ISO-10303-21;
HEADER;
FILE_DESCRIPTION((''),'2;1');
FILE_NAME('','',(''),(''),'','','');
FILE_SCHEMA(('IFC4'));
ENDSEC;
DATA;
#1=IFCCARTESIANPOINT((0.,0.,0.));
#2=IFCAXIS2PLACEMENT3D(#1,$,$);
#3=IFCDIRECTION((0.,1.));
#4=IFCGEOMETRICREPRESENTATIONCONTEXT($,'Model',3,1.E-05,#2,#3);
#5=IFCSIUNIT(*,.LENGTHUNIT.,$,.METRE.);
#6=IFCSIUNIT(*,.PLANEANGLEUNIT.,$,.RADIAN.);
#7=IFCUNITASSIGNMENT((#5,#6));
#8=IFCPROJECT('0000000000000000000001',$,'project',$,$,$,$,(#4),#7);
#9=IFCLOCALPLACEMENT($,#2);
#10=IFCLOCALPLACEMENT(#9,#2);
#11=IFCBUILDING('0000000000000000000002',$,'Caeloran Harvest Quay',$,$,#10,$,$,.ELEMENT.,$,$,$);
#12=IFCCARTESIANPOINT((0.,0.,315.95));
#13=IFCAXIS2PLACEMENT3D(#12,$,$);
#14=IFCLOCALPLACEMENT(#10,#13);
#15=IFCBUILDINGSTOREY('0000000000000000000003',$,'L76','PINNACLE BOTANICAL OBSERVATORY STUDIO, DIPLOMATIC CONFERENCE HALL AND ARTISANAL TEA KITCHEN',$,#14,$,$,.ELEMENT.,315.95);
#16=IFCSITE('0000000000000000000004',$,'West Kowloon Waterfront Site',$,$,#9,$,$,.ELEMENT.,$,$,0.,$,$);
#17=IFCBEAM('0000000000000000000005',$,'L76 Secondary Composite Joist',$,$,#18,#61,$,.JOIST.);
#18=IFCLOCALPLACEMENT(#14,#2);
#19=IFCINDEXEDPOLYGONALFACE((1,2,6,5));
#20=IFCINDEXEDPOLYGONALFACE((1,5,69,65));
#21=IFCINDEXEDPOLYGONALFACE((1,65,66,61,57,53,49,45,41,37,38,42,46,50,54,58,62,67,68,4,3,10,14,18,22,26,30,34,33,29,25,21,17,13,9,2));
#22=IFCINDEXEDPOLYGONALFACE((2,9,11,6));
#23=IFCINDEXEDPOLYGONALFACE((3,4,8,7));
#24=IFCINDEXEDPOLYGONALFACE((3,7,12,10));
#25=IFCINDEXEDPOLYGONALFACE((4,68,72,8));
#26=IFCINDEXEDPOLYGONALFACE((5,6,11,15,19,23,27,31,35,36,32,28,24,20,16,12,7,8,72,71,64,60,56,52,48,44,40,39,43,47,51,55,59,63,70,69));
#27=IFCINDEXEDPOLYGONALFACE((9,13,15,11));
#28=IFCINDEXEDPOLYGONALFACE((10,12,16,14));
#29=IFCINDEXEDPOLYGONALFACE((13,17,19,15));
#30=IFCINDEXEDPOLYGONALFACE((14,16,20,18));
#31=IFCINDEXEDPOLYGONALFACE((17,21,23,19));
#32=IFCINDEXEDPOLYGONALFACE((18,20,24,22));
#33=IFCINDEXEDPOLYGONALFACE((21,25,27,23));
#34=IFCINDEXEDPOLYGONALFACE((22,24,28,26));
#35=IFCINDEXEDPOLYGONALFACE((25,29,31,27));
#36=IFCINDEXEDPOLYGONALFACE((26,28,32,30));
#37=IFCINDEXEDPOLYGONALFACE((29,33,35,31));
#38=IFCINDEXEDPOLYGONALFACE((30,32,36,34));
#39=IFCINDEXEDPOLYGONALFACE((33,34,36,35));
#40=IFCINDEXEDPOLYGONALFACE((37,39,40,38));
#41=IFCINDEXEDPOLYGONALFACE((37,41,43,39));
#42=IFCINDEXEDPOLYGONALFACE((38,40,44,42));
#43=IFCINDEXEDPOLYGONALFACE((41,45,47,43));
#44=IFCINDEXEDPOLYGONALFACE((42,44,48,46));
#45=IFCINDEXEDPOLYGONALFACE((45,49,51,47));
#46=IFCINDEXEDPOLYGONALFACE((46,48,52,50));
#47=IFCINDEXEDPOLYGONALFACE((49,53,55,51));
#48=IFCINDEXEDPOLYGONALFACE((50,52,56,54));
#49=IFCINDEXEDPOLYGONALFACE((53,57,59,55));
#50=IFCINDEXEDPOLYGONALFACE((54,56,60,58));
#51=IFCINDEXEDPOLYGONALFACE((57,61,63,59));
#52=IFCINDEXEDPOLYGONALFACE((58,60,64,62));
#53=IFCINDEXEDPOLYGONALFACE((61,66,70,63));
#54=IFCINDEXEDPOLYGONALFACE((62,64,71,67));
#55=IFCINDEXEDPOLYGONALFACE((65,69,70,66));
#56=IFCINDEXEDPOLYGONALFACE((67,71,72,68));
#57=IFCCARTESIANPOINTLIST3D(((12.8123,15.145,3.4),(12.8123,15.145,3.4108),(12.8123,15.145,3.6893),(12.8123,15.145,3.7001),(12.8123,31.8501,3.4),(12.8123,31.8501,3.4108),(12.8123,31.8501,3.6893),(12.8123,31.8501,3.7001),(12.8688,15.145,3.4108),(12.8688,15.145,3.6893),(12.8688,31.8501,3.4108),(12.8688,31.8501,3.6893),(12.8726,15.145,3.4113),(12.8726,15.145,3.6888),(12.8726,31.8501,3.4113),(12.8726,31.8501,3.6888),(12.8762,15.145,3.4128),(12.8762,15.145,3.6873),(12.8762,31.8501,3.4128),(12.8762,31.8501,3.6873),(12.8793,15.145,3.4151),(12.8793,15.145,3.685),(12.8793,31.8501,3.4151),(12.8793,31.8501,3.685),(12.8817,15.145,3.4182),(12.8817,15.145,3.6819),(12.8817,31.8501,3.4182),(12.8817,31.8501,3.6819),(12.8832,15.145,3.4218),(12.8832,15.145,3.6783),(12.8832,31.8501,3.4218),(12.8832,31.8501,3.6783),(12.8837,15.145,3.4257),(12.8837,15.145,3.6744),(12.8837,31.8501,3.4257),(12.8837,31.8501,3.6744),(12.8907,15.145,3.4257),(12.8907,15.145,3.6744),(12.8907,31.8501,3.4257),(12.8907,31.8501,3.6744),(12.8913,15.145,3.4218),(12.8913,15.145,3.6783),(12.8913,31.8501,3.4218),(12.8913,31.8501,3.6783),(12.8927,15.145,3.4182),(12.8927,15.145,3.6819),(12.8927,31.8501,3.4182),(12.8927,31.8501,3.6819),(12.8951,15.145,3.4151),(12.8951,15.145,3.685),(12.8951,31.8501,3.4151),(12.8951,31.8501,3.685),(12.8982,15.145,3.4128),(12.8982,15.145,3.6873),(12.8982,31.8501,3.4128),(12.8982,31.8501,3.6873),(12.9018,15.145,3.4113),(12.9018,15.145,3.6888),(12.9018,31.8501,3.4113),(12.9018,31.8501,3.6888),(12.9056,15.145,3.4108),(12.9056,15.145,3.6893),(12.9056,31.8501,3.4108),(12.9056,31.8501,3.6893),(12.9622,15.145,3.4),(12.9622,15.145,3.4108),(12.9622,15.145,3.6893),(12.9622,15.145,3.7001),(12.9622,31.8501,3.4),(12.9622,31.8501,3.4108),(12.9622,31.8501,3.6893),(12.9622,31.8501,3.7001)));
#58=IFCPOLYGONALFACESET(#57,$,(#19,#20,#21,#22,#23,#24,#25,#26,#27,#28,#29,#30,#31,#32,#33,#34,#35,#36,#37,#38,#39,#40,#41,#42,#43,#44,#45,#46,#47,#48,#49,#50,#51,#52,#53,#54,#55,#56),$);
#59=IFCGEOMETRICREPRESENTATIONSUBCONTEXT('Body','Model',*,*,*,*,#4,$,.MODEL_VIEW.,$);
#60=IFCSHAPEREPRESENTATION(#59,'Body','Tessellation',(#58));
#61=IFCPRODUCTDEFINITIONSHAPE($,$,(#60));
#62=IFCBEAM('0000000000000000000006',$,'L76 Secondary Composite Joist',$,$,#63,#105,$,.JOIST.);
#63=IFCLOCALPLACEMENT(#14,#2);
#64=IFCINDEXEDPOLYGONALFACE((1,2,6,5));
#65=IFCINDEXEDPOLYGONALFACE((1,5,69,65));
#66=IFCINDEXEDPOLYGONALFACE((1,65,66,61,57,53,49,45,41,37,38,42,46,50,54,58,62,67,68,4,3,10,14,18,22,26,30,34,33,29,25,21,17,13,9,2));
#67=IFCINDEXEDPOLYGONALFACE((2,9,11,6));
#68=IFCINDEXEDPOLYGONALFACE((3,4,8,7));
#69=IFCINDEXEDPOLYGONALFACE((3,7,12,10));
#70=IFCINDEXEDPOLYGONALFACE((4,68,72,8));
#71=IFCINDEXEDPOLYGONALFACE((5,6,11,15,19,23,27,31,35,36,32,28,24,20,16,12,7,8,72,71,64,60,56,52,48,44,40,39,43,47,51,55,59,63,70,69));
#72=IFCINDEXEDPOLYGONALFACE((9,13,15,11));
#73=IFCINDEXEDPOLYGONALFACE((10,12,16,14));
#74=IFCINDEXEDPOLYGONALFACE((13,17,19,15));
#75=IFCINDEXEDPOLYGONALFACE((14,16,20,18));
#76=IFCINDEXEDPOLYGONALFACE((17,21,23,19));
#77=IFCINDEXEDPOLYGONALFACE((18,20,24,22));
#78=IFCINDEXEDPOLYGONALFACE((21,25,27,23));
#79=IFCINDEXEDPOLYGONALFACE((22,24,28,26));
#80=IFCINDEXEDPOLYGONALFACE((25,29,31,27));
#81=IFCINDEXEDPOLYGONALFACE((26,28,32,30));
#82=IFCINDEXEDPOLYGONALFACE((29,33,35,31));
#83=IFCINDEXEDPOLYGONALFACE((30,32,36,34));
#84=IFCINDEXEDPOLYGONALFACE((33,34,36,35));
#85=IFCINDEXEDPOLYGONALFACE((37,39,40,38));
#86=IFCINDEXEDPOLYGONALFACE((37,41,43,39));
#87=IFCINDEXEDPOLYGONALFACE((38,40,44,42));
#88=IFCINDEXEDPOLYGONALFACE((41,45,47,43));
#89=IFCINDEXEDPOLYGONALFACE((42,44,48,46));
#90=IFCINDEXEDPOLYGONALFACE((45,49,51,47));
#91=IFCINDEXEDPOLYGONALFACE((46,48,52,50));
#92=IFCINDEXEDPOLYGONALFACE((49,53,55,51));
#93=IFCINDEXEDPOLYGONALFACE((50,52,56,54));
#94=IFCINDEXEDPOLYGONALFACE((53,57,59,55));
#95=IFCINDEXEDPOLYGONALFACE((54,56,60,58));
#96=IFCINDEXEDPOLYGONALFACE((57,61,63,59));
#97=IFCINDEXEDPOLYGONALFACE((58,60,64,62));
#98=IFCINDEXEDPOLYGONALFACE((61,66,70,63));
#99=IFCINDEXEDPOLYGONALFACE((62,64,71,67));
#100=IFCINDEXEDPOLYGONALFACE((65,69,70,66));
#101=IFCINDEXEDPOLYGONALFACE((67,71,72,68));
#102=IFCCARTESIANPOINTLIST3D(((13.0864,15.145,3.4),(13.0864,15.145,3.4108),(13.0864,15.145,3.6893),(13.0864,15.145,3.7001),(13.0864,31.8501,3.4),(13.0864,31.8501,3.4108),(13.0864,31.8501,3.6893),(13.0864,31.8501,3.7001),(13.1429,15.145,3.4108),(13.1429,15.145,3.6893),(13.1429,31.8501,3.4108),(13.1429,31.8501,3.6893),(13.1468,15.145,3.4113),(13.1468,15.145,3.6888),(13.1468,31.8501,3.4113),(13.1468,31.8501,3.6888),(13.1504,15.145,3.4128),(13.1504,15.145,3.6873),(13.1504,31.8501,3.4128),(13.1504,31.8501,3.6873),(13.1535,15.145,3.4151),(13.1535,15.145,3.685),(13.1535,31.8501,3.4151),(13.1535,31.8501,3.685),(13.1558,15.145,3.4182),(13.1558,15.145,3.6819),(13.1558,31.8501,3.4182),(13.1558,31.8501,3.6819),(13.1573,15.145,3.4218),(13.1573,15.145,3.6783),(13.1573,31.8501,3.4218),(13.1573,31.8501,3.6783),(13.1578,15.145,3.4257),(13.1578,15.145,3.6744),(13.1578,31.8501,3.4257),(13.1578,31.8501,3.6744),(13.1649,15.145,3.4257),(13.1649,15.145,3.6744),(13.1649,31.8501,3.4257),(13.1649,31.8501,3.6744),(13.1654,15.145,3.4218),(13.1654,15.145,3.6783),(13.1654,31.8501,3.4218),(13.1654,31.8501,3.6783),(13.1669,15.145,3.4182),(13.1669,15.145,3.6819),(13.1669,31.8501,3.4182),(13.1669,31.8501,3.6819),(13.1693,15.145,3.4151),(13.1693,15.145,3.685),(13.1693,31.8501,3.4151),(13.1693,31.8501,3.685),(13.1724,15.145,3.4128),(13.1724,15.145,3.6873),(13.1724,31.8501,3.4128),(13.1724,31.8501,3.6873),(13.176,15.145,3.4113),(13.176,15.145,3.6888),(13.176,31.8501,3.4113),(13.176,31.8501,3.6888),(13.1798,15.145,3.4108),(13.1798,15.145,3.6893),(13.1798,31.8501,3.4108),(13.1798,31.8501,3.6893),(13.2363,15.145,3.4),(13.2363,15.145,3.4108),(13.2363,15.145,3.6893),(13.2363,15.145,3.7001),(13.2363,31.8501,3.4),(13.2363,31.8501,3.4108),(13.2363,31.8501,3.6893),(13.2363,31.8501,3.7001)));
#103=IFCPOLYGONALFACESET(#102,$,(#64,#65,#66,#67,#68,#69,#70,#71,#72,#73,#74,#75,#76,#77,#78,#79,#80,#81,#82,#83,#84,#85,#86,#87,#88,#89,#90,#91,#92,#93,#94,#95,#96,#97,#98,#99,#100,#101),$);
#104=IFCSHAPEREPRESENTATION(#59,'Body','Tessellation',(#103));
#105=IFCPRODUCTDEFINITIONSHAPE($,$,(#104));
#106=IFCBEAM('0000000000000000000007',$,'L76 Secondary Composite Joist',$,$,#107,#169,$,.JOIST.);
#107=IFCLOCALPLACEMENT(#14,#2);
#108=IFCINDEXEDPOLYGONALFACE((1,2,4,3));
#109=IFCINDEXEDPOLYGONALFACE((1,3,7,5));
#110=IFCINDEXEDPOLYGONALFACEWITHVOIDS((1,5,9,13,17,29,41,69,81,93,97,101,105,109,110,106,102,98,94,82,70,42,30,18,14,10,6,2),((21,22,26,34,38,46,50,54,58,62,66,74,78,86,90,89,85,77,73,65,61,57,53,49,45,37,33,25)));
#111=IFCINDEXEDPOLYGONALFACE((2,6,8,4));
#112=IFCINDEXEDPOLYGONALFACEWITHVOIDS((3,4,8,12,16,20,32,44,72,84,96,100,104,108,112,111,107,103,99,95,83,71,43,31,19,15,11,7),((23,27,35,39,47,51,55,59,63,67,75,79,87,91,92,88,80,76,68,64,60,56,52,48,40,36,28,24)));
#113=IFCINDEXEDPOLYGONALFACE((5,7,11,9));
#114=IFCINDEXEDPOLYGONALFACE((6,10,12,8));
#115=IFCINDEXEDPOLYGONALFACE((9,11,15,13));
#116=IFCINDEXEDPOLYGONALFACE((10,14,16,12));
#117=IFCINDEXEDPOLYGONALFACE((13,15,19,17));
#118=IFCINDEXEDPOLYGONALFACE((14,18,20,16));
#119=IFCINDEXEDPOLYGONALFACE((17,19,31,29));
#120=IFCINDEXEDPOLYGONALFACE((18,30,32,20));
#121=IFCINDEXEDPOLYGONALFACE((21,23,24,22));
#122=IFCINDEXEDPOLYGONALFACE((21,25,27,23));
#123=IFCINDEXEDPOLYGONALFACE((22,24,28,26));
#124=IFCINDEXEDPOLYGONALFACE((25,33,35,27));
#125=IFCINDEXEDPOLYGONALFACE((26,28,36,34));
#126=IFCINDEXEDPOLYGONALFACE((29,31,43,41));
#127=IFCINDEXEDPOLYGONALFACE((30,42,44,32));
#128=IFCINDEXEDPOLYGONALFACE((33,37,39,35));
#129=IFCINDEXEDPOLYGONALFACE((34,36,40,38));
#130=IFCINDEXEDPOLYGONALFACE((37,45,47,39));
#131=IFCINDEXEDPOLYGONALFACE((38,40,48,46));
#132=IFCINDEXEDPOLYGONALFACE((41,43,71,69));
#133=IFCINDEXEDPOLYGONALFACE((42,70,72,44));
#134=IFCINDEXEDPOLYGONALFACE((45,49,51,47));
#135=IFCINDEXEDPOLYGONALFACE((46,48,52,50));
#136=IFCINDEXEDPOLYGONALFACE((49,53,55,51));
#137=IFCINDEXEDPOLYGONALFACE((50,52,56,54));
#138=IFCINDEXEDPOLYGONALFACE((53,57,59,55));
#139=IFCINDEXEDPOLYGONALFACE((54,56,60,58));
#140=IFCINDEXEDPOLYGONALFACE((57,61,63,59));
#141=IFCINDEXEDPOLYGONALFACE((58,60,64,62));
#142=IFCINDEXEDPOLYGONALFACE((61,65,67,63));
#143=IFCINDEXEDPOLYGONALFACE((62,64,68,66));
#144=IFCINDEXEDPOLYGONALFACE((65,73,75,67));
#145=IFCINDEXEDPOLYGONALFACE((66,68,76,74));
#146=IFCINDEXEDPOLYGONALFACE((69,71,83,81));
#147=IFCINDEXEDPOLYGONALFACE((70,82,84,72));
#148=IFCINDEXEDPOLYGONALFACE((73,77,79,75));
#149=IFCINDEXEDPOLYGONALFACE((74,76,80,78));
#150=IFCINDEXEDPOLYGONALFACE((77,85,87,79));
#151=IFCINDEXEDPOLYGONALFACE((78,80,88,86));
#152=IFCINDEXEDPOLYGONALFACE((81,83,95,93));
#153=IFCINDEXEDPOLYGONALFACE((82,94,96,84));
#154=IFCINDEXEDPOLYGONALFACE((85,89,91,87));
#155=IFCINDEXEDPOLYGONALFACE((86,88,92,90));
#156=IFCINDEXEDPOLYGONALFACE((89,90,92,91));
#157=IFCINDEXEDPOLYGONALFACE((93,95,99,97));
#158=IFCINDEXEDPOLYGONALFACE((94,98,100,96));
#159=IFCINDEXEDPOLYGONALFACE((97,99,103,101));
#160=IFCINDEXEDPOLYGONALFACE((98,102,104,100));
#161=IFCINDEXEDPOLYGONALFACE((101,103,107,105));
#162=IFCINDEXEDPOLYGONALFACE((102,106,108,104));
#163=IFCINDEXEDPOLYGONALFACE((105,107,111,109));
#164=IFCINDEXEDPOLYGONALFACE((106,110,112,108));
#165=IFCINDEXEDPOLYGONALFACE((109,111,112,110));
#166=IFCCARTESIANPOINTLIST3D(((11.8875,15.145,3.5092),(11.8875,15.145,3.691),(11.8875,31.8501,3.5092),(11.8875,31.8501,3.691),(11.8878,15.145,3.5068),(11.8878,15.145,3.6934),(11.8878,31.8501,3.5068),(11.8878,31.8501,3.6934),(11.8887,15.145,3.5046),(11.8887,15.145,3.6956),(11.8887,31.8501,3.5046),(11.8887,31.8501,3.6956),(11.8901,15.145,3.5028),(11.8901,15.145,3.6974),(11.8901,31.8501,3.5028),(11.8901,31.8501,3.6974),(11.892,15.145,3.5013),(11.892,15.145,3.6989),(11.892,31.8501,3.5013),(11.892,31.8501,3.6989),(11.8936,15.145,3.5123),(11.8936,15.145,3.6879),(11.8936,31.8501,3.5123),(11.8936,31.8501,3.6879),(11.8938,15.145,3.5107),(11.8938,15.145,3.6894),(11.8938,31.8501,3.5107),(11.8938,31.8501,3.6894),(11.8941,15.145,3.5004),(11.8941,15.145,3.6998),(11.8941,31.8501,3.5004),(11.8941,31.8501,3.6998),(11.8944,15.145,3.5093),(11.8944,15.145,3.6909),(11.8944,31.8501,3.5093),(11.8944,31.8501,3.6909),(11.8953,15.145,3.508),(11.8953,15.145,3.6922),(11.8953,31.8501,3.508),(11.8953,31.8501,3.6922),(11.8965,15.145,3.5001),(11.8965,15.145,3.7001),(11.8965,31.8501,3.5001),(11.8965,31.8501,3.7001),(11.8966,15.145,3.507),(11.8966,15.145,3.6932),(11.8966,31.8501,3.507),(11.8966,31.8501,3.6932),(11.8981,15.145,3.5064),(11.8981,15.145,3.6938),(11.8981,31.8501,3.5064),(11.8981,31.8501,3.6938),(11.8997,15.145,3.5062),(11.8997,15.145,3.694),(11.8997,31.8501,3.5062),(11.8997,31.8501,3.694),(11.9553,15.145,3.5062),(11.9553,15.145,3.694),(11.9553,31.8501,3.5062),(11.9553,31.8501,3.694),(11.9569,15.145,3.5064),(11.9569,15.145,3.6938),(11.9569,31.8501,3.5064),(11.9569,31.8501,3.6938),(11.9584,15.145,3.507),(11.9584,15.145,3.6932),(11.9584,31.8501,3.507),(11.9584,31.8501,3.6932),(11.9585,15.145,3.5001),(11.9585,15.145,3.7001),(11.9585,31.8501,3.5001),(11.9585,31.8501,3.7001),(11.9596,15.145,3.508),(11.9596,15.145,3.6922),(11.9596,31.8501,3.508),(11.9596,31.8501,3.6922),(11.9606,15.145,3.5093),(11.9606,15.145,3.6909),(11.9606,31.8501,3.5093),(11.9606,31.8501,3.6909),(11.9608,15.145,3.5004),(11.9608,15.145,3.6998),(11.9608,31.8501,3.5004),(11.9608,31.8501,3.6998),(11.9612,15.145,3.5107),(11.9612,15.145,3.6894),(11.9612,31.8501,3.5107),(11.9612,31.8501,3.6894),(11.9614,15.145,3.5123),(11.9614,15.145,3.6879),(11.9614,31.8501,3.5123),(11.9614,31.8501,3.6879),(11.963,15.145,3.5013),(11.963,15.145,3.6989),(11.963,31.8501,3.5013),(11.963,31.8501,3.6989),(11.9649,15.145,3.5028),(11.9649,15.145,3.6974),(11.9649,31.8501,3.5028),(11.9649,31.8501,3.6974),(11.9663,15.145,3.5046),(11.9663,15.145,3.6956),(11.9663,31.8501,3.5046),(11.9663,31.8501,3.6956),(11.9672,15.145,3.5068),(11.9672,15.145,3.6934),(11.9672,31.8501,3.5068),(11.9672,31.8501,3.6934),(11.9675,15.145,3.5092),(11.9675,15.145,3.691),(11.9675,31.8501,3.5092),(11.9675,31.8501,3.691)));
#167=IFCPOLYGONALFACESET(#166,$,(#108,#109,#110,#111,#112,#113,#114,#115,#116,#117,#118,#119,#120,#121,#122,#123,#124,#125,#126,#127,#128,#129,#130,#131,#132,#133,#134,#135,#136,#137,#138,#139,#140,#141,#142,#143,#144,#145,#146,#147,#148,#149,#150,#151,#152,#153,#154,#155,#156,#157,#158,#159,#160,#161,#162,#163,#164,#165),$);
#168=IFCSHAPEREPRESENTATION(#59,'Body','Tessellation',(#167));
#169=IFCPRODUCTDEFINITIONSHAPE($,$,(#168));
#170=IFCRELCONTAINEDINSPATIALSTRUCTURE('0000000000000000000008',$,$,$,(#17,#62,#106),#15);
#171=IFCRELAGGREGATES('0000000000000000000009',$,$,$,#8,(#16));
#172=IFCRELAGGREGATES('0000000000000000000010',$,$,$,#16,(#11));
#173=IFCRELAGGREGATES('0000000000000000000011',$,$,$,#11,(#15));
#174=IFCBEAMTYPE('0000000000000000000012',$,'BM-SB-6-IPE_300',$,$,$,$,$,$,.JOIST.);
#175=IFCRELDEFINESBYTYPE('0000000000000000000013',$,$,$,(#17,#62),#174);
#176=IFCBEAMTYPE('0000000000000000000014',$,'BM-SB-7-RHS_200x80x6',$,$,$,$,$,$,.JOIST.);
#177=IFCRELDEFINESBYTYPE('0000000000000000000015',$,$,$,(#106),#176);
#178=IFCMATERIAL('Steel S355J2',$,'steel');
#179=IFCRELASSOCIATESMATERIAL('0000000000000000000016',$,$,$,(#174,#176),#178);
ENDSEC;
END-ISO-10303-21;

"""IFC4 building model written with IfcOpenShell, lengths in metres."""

from ifc_helpers import new_model, si_unit, direction, frame, origin, origin_2d, place, context, subcontext, project, spatial, hollow_rectangle, i_section, extrude, material, material_profile, profile_set, type_object, element, save


model = new_model("IFC4")

# Units and contexts
model_context = context("Model", 3, precision=1e-05, world=origin(), true_north=direction((0.0, 1.0)))
body_context = subcontext(model_context, "Body", "Model", "MODEL_VIEW")
ifc_project = project(units=[si_unit("LENGTHUNIT", "METRE"), si_unit("PLANEANGLEUNIT", "RADIAN")], contexts=[model_context])

# Site, building, storey
site_placement = place(None, origin())
site = spatial("IfcSite", under=ifc_project, at=site_placement, Name="West Kowloon Waterfront Site", CompositionType="ELEMENT", RefElevation=0.0)
building_placement = place(site_placement, origin())
building = spatial("IfcBuilding", under=site, at=building_placement, Name="Caeloran Harvest Quay", CompositionType="ELEMENT")
storey_placement = place(building_placement, frame((0.0, 0.0, 315.95)))
storey = spatial("IfcBuildingStorey", under=building, at=storey_placement, Name="L76", Description="PINNACLE BOTANICAL OBSERVATORY STUDIO, DIPLOMATIC CONFERENCE HALL AND ARTISANAL TEA KITCHEN", CompositionType="ELEMENT", Elevation=315.95)

# Beams
ifc_material_1 = material(Name="Steel S355J2", Category="steel")
ifc_material_profile_1 = material_profile(ifc_material_1, i_section(OverallWidth=0.1499, OverallDepth=0.3, WebThickness=0.0071, FlangeThickness=0.0107, FilletRadius=0.0149, at=origin_2d()), Name="IPE 300")
ifc_profile_set_1 = profile_set([ifc_material_profile_1], Name="Steel S355J2")
beam_type_1 = type_object("IfcBeamType", Name="BM-SB-6-IPE_300", PredefinedType="JOIST", material=ifc_profile_set_1)
for number, where, z_axis, x_axis, name in (
    (1, (12.8872, 15.145, 3.55), (0.0, 1.0, 0.0), (-1.0, 0.0, 0.0), "L76 Secondary Composite Joist"),
    (2, (13.1614, 15.145, 3.55), (0.0, 1.0, 0.0), (-1.0, 0.0, 0.0), "L76 Secondary Composite Joist"),
):
    element("IfcBeam", number, at=place(storey_placement, frame(where, z_axis=z_axis, x_axis=x_axis)), inside=storey, type_object=beam_type_1, Name=name, PredefinedType="JOIST", context=body_context, shape_type="SweptSolid", body=[
        extrude(i_section(OverallWidth=0.1499, OverallDepth=0.3, WebThickness=0.0071, FlangeThickness=0.0107, FilletRadius=0.0149, at=origin_2d()), origin(), (0.0, 0.0, 1.0), 16.7051),
    ])
ifc_material_profile_2 = material_profile(ifc_material_1, hollow_rectangle(XDim=0.0801, YDim=0.2, WallThickness=0.0061, InnerFilletRadius=0.0061, OuterFilletRadius=0.009, at=origin_2d()), Name="RHS 200x80x6")
ifc_profile_set_2 = profile_set([ifc_material_profile_2], Name="Steel S355J2")
beam_type_2 = type_object("IfcBeamType", Name="BM-SB-7-RHS_200x80x6", PredefinedType="JOIST", material=ifc_profile_set_2)
for number, where, z_axis, x_axis, name in (
    (3, (11.9275, 15.145, 3.6001), (0.0, 1.0, 0.0), (-1.0, 0.0, 0.0), "L76 Secondary Composite Joist"),
):
    element("IfcBeam", number, at=place(storey_placement, frame(where, z_axis=z_axis, x_axis=x_axis)), inside=storey, type_object=beam_type_2, Name=name, PredefinedType="JOIST", context=body_context, shape_type="SweptSolid", body=[
        extrude(hollow_rectangle(XDim=0.0801, YDim=0.2, WallThickness=0.0061, InnerFilletRadius=0.0061, OuterFilletRadius=0.009, at=origin_2d()), origin(), (0.0, 0.0, 1.0), 16.7051),
    ])

save(model, "model.ifc")
